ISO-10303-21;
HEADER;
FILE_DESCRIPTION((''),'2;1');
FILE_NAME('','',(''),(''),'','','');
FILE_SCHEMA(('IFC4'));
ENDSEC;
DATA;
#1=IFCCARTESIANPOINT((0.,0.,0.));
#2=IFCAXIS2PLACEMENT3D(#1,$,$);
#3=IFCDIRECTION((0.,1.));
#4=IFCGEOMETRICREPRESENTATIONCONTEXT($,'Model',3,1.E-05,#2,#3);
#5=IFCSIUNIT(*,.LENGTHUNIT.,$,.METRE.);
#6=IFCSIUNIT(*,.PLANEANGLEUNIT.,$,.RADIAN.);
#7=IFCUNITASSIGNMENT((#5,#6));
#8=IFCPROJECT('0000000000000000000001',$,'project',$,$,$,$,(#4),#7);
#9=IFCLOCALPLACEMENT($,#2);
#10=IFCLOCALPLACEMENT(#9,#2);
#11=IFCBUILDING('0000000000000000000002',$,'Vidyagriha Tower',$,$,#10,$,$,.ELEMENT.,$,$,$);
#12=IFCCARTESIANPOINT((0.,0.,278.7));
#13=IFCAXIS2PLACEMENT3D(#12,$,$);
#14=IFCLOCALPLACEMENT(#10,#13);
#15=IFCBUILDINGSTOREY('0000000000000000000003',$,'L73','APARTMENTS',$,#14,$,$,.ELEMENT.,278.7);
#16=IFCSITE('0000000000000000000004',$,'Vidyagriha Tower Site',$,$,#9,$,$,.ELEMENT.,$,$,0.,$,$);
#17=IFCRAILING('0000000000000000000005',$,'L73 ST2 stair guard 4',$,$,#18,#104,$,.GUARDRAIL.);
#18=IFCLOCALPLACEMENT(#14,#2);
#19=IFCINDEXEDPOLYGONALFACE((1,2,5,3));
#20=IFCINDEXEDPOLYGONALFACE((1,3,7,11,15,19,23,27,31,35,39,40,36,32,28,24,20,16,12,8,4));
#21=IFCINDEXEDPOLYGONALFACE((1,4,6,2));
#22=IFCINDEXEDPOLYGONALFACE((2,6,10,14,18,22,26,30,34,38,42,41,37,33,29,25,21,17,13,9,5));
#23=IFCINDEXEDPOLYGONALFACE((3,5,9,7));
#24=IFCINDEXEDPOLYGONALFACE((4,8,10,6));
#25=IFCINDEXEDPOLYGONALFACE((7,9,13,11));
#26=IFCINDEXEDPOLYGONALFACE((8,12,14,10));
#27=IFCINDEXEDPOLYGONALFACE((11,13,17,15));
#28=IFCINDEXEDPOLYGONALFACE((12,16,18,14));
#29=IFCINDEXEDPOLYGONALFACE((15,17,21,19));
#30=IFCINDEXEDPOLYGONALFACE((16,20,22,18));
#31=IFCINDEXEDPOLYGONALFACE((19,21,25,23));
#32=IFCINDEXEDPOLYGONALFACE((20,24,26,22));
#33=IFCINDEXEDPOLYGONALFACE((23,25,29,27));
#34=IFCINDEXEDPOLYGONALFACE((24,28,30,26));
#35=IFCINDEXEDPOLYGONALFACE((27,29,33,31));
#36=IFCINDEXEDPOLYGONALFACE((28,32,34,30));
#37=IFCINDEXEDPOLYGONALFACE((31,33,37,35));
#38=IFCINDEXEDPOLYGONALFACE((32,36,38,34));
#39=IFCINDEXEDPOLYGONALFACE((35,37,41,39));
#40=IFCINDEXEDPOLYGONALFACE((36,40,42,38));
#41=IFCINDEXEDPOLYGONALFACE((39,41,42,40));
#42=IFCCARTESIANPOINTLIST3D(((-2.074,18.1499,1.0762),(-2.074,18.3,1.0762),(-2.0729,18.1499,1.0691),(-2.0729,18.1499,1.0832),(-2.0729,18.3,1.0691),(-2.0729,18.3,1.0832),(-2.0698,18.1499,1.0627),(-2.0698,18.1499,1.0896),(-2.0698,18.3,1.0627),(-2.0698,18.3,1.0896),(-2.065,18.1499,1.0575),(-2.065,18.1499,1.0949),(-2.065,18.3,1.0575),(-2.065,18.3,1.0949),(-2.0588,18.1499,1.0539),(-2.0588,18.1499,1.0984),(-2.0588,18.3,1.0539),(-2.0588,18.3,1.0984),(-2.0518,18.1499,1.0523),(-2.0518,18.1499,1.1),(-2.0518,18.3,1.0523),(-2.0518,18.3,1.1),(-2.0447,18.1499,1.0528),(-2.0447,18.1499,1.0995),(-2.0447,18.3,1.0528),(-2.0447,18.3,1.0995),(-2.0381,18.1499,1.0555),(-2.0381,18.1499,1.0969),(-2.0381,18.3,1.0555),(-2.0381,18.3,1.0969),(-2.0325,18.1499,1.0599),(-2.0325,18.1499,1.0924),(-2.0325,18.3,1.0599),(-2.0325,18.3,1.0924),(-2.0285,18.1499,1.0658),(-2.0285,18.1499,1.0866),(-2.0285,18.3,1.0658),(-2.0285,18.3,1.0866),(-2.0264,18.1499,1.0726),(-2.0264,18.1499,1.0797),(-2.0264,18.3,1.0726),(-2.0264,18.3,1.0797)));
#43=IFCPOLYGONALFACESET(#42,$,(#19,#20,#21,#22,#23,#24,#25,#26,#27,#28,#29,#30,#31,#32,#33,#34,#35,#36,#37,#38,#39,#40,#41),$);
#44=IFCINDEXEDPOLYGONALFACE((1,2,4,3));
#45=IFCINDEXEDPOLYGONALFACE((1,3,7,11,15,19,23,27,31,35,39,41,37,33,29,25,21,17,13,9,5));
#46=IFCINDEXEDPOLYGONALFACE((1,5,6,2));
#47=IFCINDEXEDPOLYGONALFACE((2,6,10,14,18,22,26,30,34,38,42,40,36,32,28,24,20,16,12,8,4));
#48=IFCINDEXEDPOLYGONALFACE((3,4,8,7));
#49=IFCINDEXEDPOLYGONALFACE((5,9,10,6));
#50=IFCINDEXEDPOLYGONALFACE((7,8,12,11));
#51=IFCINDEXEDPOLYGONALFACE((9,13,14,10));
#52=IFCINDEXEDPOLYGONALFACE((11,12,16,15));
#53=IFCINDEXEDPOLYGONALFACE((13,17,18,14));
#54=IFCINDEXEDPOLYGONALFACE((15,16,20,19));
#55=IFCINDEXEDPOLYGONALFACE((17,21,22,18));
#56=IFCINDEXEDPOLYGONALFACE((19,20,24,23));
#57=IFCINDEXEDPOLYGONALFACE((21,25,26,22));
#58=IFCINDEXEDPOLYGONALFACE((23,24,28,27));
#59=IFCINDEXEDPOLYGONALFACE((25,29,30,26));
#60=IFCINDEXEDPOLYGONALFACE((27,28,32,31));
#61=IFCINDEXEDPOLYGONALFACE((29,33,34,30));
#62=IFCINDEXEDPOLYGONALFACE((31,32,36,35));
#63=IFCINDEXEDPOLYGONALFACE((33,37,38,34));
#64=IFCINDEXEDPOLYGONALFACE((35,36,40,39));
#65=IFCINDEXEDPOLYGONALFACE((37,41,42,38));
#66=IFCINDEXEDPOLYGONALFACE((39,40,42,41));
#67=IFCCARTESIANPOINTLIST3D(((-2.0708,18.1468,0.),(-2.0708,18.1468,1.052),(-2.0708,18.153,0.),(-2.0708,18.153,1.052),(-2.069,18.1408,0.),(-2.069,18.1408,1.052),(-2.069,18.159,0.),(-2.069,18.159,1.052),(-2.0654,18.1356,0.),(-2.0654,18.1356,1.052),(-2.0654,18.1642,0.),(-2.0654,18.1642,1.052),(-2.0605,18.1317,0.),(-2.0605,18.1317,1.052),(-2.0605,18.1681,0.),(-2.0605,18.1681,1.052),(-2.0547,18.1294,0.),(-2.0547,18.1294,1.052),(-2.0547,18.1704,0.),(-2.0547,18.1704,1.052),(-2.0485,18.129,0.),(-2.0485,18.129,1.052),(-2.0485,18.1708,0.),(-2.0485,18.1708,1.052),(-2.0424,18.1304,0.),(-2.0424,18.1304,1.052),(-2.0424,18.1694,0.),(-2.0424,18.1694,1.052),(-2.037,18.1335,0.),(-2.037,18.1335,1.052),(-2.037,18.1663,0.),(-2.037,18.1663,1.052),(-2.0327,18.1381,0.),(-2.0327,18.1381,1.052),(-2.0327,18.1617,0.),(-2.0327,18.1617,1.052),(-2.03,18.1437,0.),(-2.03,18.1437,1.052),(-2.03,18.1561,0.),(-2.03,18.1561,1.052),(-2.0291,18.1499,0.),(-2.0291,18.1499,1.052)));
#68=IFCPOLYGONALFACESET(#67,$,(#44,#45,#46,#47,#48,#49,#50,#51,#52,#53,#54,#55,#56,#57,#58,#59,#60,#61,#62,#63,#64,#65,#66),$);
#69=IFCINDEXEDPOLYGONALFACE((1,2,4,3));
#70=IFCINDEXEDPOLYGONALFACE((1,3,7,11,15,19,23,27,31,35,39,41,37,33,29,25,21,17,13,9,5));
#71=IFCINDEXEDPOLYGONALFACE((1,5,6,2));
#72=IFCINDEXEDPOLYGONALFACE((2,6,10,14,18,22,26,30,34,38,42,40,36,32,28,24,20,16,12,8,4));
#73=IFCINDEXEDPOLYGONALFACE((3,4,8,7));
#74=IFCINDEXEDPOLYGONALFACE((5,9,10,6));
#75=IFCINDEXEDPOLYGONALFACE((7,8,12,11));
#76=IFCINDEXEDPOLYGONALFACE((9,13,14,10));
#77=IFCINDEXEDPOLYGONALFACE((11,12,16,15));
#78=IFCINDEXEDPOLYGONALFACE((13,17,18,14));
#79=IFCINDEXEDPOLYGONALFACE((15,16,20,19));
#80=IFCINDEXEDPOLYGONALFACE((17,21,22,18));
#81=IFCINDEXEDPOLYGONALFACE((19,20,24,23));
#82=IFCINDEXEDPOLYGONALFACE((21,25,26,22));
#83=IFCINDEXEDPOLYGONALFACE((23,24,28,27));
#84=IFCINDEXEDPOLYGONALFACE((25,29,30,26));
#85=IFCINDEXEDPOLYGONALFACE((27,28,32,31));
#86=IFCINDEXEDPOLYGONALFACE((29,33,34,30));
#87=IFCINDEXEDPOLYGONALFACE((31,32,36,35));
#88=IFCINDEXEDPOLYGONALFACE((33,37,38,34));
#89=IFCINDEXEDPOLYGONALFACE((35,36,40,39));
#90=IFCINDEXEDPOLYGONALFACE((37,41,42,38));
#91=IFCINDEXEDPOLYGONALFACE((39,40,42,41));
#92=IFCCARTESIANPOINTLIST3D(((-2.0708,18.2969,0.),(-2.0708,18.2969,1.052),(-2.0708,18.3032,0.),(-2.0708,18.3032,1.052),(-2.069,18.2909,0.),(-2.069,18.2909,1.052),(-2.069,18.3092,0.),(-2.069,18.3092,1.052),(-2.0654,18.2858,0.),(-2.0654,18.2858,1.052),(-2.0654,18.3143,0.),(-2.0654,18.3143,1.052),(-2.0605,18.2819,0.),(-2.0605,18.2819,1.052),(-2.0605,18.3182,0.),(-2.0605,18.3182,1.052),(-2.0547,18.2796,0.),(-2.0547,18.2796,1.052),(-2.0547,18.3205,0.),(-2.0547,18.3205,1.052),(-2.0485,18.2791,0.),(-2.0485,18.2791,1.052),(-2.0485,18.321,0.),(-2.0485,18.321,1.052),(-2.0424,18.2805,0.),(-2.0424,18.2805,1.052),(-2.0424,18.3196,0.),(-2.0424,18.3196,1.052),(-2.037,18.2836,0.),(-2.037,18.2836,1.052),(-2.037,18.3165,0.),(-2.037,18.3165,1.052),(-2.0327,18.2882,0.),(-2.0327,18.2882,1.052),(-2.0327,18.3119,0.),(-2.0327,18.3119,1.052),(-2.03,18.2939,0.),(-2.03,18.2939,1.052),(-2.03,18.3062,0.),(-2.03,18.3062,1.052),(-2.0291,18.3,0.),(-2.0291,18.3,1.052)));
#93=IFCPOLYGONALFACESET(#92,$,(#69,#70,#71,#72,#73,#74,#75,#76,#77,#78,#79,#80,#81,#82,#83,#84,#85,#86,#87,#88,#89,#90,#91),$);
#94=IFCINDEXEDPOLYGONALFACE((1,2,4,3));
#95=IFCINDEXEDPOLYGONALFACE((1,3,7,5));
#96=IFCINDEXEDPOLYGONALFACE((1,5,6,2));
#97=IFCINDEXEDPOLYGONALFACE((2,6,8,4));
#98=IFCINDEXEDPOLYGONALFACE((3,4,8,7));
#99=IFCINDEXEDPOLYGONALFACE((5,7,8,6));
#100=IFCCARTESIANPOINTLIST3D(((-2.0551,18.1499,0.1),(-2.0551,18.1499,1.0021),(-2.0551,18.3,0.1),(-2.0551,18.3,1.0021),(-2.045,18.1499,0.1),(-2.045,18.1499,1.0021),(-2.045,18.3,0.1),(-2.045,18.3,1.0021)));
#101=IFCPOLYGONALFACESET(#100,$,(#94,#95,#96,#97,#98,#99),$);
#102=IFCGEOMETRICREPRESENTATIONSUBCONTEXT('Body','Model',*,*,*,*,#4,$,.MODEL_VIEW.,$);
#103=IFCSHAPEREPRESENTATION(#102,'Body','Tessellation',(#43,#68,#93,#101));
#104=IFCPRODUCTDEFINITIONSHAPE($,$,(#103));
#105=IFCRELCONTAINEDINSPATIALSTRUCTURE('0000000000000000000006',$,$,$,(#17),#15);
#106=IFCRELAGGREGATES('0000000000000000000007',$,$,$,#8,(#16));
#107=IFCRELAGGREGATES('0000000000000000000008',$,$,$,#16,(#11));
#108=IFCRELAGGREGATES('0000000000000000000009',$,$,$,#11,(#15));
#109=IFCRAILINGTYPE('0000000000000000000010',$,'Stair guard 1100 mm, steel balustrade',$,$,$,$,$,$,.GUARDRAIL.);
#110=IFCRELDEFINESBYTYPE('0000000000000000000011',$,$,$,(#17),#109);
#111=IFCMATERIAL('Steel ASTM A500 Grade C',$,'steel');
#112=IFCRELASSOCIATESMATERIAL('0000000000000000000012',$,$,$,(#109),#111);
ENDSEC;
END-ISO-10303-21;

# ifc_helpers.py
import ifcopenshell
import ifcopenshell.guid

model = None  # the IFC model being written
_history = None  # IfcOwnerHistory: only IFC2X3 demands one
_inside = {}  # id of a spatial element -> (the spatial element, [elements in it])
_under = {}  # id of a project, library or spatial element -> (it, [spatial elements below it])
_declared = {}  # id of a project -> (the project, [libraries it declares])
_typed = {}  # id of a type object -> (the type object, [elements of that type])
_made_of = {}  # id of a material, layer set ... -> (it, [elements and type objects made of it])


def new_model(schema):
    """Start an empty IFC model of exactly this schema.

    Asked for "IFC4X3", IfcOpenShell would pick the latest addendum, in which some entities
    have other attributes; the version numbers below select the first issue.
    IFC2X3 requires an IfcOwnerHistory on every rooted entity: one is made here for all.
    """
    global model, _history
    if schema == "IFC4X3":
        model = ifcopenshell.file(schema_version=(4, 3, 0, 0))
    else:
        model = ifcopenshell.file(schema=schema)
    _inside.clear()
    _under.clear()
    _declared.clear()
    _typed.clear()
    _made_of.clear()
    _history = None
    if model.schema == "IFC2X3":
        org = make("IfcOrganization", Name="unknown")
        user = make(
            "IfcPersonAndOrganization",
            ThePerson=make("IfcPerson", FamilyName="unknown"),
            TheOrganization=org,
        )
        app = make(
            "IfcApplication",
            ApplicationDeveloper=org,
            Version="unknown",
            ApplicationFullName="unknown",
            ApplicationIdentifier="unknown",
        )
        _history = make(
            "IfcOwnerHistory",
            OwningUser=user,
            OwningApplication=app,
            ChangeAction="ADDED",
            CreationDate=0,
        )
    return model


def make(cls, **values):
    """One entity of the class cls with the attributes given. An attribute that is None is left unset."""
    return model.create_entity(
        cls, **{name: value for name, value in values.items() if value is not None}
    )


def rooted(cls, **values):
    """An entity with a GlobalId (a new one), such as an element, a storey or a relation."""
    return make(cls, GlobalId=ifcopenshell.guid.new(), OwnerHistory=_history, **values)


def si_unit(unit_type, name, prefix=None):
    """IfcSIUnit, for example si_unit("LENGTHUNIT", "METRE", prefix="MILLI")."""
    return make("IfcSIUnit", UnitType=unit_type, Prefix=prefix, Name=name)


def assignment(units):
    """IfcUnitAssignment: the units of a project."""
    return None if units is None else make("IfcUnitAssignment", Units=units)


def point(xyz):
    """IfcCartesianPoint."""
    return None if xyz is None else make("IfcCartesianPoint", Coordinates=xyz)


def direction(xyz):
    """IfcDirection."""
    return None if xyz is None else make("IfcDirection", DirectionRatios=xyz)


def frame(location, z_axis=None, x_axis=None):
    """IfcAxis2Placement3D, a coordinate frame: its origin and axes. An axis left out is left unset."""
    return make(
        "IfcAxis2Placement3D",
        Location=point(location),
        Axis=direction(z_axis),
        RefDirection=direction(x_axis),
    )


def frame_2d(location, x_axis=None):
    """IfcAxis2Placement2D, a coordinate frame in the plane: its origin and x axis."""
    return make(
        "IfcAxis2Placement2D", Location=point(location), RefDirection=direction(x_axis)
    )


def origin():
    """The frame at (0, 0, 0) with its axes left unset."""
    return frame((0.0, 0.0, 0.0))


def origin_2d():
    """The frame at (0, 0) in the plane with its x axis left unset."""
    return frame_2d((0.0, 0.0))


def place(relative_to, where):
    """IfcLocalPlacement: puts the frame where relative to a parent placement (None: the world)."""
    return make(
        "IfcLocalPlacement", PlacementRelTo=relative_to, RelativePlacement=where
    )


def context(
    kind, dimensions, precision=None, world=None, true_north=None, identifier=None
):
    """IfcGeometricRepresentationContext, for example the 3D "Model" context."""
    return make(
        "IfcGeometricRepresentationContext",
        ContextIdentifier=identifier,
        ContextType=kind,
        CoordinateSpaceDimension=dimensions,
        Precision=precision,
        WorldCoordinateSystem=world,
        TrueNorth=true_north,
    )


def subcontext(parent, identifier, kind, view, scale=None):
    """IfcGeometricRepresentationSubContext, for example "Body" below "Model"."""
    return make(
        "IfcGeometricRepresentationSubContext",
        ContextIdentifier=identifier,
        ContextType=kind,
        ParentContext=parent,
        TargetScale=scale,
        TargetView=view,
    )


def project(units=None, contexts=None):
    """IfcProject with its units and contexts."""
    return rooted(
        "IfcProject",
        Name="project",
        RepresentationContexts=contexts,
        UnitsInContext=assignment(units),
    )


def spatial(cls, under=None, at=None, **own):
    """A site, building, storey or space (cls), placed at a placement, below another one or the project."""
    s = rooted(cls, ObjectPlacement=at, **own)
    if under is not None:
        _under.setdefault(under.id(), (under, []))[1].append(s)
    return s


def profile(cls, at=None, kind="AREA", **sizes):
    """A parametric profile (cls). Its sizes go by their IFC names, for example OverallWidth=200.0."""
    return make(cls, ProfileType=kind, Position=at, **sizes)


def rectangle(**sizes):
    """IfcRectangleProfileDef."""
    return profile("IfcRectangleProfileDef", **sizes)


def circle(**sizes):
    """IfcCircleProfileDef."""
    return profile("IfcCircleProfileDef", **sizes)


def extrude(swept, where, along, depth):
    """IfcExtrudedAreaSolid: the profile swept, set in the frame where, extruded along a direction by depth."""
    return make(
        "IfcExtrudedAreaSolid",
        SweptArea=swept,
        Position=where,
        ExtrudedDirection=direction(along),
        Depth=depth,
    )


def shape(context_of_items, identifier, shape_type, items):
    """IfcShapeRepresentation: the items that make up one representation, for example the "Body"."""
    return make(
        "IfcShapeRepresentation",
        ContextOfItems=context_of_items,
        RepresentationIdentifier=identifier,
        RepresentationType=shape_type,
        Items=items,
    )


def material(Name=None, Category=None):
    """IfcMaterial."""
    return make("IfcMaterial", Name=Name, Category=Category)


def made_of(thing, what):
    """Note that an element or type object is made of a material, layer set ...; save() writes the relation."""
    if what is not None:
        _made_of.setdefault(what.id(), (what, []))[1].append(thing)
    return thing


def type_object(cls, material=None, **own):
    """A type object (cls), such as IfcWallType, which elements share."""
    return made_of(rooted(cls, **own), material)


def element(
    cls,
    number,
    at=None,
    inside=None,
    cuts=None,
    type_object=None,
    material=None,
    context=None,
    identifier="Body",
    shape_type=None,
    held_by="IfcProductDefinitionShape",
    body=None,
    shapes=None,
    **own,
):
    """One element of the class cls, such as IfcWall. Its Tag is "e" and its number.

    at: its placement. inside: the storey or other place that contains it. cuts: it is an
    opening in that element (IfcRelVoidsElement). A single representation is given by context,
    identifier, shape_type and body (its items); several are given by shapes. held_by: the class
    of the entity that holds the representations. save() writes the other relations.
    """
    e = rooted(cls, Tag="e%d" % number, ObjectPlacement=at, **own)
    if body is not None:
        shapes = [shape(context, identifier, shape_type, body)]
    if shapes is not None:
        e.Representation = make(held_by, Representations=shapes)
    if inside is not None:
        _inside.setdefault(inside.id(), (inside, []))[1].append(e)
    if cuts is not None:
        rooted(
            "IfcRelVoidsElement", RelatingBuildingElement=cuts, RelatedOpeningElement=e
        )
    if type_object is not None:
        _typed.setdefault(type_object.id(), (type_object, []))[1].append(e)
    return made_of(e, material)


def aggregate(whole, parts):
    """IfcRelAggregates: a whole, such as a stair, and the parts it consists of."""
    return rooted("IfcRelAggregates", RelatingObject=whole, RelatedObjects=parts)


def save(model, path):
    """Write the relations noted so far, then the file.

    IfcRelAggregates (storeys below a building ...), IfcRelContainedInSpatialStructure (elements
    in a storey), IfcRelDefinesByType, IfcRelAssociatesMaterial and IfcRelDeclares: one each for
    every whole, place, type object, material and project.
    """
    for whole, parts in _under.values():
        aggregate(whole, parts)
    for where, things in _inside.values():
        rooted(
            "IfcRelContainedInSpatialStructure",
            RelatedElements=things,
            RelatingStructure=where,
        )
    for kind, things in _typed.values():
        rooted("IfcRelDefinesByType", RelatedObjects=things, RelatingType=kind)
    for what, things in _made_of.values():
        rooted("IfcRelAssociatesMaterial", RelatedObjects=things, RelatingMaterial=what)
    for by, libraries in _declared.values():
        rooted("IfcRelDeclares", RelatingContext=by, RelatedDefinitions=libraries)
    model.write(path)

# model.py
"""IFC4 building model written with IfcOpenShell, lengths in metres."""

from ifc_helpers import new_model, si_unit, direction, frame, origin, origin_2d, place, context, subcontext, project, spatial, rectangle, circle, extrude, material, type_object, element, save


model = new_model("IFC4")

# Units and contexts
model_context = context("Model", 3, precision=1e-05, world=origin(), true_north=direction((0.0, 1.0)))
body_context = subcontext(model_context, "Body", "Model", "MODEL_VIEW")
ifc_project = project(units=[si_unit("LENGTHUNIT", "METRE"), si_unit("PLANEANGLEUNIT", "RADIAN")], contexts=[model_context])

# Site, building, storey
site_placement = place(None, origin())
site = spatial("IfcSite", under=ifc_project, at=site_placement, Name="Vidyagriha Tower Site", CompositionType="ELEMENT", RefElevation=0.0)
building_placement = place(site_placement, origin())
building = spatial("IfcBuilding", under=site, at=building_placement, Name="Vidyagriha Tower", CompositionType="ELEMENT")
storey_placement = place(building_placement, frame((0.0, 0.0, 278.7)))
storey = spatial("IfcBuildingStorey", under=building, at=storey_placement, Name="L73", Description="APARTMENTS", CompositionType="ELEMENT", Elevation=278.7)

# Railing
ifc_material_1 = material(Name="Steel ASTM A500 Grade C", Category="steel")
railing_type_1 = type_object("IfcRailingType", Name="Stair guard 1100 mm, steel balustrade", PredefinedType="GUARDRAIL", material=ifc_material_1)
railing_1_placement = place(storey_placement, frame((-2.05, 18.1499, 0.0)))
element("IfcRailing", 1, at=railing_1_placement, inside=storey, type_object=railing_type_1, Name="L73 ST2 stair guard 4", PredefinedType="GUARDRAIL", context=body_context, shape_type="SweptSolid", body=[
    extrude(circle(Radius=0.0239, at=origin_2d()), frame((0.0, 0.0, 1.0762), z_axis=(0.0, 1.0, 0.0), x_axis=(-1.0, 0.0, 0.0)), (0.0, 0.0, 1.0), 0.1501),
    extrude(circle(Radius=0.021, at=origin_2d()), origin(), (0.0, 0.0, 1.0), 1.052),
    extrude(circle(Radius=0.021, at=origin_2d()), frame((0.0, 0.1501, 0.0)), (0.0, 0.0, 1.0), 1.052),
    extrude(rectangle(XDim=0.01, YDim=0.9021, at=origin_2d()), frame((0.0, 0.0, 0.551), z_axis=(0.0, 1.0, 0.0), x_axis=(-1.0, 0.0, 0.0)), (0.0, 0.0, 1.0), 0.1501),
])

save(model, "model.ifc")
